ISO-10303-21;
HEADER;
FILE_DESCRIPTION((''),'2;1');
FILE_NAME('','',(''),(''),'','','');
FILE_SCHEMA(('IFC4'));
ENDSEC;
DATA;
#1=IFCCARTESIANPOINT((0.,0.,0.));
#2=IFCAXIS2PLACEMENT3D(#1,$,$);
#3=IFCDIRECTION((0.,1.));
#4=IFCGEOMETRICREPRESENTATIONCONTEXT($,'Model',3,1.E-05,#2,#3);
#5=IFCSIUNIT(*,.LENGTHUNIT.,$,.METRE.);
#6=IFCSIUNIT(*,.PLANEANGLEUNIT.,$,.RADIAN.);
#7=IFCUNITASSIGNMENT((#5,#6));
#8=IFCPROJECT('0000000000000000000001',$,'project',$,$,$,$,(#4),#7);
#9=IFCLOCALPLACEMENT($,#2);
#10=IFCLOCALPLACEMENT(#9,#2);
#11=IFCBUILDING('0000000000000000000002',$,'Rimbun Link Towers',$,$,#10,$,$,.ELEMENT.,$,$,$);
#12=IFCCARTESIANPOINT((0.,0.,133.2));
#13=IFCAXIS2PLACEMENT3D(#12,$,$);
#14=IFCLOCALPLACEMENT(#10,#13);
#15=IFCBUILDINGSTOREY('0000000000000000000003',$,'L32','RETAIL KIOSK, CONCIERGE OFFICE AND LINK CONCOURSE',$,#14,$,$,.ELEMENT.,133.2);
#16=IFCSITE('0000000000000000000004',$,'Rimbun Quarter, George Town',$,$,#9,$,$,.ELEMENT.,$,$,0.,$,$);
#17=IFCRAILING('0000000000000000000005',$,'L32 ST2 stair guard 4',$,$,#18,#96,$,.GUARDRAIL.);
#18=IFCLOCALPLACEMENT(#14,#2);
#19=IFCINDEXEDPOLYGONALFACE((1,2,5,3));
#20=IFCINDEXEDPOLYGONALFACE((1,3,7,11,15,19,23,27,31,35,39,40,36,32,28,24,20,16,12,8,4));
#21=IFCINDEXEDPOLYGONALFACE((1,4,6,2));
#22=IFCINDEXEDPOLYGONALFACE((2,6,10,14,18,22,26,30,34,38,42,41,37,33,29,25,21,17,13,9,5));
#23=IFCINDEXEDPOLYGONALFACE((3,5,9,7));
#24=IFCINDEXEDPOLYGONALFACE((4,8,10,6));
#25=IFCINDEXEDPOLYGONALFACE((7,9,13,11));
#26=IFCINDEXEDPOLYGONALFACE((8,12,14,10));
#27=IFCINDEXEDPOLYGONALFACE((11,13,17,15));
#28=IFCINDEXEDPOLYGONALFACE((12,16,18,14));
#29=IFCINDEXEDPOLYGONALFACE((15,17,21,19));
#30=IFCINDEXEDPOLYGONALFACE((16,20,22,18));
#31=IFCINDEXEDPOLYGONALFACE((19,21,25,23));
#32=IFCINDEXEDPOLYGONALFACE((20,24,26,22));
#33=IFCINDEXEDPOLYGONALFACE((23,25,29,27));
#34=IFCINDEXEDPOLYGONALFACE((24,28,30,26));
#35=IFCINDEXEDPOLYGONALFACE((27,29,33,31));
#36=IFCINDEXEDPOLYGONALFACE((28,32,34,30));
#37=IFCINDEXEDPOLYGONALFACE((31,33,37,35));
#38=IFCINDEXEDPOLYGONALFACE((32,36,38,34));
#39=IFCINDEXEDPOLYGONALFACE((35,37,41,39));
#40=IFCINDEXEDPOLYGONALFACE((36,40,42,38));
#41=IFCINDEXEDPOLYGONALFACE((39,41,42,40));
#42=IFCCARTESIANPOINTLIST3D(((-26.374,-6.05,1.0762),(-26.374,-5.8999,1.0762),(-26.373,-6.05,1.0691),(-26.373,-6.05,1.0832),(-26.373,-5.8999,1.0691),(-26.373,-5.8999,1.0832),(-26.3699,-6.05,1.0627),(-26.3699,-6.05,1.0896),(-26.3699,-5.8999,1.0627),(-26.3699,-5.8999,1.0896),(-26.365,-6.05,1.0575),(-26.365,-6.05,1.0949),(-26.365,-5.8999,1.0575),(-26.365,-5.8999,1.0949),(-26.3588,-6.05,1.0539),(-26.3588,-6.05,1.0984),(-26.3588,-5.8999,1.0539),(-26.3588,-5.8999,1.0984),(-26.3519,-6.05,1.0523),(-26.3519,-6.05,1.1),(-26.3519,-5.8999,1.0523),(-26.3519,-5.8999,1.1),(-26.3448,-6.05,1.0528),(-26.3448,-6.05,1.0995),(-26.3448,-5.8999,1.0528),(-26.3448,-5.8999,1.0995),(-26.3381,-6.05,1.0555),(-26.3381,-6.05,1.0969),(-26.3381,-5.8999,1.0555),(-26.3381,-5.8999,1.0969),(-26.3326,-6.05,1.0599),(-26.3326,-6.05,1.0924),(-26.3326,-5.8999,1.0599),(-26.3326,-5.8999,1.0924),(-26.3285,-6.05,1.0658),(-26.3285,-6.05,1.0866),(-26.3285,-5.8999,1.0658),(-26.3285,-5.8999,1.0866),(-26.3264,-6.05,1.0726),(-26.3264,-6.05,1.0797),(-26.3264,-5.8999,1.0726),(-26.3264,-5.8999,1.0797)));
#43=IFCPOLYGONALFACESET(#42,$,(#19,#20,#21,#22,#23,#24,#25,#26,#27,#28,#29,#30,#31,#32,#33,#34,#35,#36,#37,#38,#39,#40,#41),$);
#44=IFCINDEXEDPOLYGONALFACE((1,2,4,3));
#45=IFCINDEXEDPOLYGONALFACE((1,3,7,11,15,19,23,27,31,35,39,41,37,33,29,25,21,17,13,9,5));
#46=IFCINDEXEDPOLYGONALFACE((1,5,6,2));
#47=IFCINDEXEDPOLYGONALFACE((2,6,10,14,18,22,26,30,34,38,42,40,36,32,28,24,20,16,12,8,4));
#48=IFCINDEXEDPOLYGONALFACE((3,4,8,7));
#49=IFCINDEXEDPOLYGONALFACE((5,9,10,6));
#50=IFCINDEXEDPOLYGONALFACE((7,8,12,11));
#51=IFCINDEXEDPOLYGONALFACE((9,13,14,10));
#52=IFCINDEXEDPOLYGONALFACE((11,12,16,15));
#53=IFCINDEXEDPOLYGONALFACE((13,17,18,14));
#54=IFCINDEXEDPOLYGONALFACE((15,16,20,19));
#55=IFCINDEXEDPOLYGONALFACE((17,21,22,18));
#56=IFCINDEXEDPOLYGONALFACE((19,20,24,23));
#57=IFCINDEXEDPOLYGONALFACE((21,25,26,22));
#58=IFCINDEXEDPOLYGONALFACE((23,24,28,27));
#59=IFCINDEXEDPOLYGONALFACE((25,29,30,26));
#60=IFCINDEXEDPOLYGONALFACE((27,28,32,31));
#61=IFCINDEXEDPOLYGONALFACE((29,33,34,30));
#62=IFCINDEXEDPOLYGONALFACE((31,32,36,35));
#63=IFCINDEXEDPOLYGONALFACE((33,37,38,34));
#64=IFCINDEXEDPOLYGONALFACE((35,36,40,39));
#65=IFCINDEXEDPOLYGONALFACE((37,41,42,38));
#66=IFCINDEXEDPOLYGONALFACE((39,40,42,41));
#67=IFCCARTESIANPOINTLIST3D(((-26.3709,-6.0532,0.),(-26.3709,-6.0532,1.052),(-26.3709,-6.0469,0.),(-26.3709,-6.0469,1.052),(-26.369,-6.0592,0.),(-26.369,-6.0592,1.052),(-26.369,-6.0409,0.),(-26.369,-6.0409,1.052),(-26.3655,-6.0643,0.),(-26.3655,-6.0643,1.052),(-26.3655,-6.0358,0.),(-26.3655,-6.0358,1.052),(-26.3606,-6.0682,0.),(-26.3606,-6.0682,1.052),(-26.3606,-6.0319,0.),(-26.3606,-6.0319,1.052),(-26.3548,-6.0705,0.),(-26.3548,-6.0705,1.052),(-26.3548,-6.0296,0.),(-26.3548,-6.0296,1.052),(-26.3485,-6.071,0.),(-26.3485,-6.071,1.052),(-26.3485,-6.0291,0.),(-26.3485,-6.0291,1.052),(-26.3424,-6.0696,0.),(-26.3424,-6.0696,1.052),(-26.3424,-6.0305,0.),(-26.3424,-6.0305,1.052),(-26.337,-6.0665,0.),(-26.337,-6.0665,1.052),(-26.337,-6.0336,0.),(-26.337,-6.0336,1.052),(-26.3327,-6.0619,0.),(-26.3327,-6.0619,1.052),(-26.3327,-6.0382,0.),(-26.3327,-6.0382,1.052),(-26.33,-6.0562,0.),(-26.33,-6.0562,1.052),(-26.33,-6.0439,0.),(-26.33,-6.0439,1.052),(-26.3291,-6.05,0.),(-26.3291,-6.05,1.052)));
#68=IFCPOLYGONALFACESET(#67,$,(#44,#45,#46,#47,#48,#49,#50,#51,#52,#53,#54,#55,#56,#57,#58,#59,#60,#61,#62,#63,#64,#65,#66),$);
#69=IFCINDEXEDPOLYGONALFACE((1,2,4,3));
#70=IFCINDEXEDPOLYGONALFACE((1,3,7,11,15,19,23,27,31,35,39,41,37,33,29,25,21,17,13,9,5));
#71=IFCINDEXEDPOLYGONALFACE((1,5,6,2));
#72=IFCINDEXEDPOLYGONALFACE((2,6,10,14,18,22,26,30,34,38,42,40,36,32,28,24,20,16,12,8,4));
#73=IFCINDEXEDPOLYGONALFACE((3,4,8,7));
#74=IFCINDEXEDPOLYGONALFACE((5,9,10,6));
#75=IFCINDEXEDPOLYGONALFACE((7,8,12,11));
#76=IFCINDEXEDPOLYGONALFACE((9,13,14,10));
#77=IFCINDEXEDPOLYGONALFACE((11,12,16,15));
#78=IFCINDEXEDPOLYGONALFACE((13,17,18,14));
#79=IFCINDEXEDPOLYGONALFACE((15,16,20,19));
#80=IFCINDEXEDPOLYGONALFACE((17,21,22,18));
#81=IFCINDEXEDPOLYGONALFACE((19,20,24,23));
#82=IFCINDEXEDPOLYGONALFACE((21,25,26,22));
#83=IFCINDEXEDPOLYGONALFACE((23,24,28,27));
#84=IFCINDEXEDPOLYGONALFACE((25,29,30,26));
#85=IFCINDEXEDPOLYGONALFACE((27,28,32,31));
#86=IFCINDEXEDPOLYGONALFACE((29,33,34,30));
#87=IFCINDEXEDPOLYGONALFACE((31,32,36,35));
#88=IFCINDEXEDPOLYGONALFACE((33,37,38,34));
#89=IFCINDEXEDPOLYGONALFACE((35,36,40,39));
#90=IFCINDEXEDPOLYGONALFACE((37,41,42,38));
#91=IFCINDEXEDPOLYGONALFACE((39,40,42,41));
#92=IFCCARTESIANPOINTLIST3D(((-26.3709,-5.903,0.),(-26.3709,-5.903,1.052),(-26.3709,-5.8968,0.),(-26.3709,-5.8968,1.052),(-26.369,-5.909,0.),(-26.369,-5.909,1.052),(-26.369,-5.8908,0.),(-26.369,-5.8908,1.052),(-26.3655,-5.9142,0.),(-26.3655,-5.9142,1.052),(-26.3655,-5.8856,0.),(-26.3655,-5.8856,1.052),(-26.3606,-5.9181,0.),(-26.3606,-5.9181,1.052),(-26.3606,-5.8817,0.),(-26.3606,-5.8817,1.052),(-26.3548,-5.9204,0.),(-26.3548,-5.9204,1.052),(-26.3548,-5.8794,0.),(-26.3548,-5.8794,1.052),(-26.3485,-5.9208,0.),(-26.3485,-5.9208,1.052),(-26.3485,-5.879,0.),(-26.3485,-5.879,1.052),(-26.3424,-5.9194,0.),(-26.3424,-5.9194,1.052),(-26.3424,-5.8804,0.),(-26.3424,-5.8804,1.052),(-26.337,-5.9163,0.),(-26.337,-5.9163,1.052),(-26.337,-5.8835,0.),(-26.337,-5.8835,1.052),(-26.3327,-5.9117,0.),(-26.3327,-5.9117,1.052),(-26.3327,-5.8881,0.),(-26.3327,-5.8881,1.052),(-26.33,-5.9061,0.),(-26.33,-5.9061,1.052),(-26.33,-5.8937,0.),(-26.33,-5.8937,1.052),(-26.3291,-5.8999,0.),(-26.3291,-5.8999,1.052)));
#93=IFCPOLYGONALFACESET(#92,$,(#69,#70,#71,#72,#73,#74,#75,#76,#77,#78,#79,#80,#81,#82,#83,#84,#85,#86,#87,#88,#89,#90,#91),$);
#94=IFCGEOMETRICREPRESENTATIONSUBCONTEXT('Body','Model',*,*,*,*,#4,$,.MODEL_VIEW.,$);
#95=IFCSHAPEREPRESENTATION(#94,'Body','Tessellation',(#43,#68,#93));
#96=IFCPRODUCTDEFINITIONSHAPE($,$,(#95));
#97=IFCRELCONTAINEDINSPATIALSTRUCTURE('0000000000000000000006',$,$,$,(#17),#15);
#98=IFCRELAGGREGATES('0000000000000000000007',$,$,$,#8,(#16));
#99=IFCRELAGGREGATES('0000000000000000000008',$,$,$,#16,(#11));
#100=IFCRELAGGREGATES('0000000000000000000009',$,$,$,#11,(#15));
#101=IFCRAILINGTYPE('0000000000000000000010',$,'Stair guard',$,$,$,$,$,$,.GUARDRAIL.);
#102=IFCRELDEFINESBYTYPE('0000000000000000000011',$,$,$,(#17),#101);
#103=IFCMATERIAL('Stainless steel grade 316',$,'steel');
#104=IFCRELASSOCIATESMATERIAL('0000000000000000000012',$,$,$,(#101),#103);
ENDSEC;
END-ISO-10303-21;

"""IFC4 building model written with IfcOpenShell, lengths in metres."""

from ifc_helpers import new_model, si_unit, direction, frame, origin, origin_2d, place, context, subcontext, project, spatial, circle, extrude, material, type_object, element, save


model = new_model("IFC4")

# Units and contexts
model_context = context("Model", 3, precision=1e-05, world=origin(), true_north=direction((0.0, 1.0)))
body_context = subcontext(model_context, "Body", "Model", "MODEL_VIEW")
ifc_project = project(units=[si_unit("LENGTHUNIT", "METRE"), si_unit("PLANEANGLEUNIT", "RADIAN")], contexts=[model_context])

# Site, building, storey
site_placement = place(None, origin())
site = spatial("IfcSite", under=ifc_project, at=site_placement, Name="Rimbun Quarter, George Town", CompositionType="ELEMENT", RefElevation=0.0)
building_placement = place(site_placement, origin())
building = spatial("IfcBuilding", under=site, at=building_placement, Name="Rimbun Link Towers", CompositionType="ELEMENT")
storey_placement = place(building_placement, frame((0.0, 0.0, 133.2)))
storey = spatial("IfcBuildingStorey", under=building, at=storey_placement, Name="L32", Description="RETAIL KIOSK, CONCIERGE OFFICE AND LINK CONCOURSE", CompositionType="ELEMENT", Elevation=133.2)

# Railing
ifc_material_1 = material(Name="Stainless steel grade 316", Category="steel")
railing_type_1 = type_object("IfcRailingType", Name="Stair guard", PredefinedType="GUARDRAIL", material=ifc_material_1)
railing_1_placement = place(storey_placement, frame((-26.3501, -6.05, 0.0)))
element("IfcRailing", 1, at=railing_1_placement, inside=storey, type_object=railing_type_1, Name="L32 ST2 stair guard 4", PredefinedType="GUARDRAIL", context=body_context, shape_type="SweptSolid", body=[
    extrude(circle(Radius=0.0239, at=origin_2d()), frame((0.0, 0.0, 1.0762), z_axis=(0.0, 1.0, 0.0), x_axis=(-1.0, 0.0, 0.0)), (0.0, 0.0, 1.0), 0.1501),
    extrude(circle(Radius=0.021, at=origin_2d()), origin(), (0.0, 0.0, 1.0), 1.052),
    extrude(circle(Radius=0.021, at=origin_2d()), frame((0.0, 0.1501, 0.0)), (0.0, 0.0, 1.0), 1.052),
])

save(model, "model.ifc")
